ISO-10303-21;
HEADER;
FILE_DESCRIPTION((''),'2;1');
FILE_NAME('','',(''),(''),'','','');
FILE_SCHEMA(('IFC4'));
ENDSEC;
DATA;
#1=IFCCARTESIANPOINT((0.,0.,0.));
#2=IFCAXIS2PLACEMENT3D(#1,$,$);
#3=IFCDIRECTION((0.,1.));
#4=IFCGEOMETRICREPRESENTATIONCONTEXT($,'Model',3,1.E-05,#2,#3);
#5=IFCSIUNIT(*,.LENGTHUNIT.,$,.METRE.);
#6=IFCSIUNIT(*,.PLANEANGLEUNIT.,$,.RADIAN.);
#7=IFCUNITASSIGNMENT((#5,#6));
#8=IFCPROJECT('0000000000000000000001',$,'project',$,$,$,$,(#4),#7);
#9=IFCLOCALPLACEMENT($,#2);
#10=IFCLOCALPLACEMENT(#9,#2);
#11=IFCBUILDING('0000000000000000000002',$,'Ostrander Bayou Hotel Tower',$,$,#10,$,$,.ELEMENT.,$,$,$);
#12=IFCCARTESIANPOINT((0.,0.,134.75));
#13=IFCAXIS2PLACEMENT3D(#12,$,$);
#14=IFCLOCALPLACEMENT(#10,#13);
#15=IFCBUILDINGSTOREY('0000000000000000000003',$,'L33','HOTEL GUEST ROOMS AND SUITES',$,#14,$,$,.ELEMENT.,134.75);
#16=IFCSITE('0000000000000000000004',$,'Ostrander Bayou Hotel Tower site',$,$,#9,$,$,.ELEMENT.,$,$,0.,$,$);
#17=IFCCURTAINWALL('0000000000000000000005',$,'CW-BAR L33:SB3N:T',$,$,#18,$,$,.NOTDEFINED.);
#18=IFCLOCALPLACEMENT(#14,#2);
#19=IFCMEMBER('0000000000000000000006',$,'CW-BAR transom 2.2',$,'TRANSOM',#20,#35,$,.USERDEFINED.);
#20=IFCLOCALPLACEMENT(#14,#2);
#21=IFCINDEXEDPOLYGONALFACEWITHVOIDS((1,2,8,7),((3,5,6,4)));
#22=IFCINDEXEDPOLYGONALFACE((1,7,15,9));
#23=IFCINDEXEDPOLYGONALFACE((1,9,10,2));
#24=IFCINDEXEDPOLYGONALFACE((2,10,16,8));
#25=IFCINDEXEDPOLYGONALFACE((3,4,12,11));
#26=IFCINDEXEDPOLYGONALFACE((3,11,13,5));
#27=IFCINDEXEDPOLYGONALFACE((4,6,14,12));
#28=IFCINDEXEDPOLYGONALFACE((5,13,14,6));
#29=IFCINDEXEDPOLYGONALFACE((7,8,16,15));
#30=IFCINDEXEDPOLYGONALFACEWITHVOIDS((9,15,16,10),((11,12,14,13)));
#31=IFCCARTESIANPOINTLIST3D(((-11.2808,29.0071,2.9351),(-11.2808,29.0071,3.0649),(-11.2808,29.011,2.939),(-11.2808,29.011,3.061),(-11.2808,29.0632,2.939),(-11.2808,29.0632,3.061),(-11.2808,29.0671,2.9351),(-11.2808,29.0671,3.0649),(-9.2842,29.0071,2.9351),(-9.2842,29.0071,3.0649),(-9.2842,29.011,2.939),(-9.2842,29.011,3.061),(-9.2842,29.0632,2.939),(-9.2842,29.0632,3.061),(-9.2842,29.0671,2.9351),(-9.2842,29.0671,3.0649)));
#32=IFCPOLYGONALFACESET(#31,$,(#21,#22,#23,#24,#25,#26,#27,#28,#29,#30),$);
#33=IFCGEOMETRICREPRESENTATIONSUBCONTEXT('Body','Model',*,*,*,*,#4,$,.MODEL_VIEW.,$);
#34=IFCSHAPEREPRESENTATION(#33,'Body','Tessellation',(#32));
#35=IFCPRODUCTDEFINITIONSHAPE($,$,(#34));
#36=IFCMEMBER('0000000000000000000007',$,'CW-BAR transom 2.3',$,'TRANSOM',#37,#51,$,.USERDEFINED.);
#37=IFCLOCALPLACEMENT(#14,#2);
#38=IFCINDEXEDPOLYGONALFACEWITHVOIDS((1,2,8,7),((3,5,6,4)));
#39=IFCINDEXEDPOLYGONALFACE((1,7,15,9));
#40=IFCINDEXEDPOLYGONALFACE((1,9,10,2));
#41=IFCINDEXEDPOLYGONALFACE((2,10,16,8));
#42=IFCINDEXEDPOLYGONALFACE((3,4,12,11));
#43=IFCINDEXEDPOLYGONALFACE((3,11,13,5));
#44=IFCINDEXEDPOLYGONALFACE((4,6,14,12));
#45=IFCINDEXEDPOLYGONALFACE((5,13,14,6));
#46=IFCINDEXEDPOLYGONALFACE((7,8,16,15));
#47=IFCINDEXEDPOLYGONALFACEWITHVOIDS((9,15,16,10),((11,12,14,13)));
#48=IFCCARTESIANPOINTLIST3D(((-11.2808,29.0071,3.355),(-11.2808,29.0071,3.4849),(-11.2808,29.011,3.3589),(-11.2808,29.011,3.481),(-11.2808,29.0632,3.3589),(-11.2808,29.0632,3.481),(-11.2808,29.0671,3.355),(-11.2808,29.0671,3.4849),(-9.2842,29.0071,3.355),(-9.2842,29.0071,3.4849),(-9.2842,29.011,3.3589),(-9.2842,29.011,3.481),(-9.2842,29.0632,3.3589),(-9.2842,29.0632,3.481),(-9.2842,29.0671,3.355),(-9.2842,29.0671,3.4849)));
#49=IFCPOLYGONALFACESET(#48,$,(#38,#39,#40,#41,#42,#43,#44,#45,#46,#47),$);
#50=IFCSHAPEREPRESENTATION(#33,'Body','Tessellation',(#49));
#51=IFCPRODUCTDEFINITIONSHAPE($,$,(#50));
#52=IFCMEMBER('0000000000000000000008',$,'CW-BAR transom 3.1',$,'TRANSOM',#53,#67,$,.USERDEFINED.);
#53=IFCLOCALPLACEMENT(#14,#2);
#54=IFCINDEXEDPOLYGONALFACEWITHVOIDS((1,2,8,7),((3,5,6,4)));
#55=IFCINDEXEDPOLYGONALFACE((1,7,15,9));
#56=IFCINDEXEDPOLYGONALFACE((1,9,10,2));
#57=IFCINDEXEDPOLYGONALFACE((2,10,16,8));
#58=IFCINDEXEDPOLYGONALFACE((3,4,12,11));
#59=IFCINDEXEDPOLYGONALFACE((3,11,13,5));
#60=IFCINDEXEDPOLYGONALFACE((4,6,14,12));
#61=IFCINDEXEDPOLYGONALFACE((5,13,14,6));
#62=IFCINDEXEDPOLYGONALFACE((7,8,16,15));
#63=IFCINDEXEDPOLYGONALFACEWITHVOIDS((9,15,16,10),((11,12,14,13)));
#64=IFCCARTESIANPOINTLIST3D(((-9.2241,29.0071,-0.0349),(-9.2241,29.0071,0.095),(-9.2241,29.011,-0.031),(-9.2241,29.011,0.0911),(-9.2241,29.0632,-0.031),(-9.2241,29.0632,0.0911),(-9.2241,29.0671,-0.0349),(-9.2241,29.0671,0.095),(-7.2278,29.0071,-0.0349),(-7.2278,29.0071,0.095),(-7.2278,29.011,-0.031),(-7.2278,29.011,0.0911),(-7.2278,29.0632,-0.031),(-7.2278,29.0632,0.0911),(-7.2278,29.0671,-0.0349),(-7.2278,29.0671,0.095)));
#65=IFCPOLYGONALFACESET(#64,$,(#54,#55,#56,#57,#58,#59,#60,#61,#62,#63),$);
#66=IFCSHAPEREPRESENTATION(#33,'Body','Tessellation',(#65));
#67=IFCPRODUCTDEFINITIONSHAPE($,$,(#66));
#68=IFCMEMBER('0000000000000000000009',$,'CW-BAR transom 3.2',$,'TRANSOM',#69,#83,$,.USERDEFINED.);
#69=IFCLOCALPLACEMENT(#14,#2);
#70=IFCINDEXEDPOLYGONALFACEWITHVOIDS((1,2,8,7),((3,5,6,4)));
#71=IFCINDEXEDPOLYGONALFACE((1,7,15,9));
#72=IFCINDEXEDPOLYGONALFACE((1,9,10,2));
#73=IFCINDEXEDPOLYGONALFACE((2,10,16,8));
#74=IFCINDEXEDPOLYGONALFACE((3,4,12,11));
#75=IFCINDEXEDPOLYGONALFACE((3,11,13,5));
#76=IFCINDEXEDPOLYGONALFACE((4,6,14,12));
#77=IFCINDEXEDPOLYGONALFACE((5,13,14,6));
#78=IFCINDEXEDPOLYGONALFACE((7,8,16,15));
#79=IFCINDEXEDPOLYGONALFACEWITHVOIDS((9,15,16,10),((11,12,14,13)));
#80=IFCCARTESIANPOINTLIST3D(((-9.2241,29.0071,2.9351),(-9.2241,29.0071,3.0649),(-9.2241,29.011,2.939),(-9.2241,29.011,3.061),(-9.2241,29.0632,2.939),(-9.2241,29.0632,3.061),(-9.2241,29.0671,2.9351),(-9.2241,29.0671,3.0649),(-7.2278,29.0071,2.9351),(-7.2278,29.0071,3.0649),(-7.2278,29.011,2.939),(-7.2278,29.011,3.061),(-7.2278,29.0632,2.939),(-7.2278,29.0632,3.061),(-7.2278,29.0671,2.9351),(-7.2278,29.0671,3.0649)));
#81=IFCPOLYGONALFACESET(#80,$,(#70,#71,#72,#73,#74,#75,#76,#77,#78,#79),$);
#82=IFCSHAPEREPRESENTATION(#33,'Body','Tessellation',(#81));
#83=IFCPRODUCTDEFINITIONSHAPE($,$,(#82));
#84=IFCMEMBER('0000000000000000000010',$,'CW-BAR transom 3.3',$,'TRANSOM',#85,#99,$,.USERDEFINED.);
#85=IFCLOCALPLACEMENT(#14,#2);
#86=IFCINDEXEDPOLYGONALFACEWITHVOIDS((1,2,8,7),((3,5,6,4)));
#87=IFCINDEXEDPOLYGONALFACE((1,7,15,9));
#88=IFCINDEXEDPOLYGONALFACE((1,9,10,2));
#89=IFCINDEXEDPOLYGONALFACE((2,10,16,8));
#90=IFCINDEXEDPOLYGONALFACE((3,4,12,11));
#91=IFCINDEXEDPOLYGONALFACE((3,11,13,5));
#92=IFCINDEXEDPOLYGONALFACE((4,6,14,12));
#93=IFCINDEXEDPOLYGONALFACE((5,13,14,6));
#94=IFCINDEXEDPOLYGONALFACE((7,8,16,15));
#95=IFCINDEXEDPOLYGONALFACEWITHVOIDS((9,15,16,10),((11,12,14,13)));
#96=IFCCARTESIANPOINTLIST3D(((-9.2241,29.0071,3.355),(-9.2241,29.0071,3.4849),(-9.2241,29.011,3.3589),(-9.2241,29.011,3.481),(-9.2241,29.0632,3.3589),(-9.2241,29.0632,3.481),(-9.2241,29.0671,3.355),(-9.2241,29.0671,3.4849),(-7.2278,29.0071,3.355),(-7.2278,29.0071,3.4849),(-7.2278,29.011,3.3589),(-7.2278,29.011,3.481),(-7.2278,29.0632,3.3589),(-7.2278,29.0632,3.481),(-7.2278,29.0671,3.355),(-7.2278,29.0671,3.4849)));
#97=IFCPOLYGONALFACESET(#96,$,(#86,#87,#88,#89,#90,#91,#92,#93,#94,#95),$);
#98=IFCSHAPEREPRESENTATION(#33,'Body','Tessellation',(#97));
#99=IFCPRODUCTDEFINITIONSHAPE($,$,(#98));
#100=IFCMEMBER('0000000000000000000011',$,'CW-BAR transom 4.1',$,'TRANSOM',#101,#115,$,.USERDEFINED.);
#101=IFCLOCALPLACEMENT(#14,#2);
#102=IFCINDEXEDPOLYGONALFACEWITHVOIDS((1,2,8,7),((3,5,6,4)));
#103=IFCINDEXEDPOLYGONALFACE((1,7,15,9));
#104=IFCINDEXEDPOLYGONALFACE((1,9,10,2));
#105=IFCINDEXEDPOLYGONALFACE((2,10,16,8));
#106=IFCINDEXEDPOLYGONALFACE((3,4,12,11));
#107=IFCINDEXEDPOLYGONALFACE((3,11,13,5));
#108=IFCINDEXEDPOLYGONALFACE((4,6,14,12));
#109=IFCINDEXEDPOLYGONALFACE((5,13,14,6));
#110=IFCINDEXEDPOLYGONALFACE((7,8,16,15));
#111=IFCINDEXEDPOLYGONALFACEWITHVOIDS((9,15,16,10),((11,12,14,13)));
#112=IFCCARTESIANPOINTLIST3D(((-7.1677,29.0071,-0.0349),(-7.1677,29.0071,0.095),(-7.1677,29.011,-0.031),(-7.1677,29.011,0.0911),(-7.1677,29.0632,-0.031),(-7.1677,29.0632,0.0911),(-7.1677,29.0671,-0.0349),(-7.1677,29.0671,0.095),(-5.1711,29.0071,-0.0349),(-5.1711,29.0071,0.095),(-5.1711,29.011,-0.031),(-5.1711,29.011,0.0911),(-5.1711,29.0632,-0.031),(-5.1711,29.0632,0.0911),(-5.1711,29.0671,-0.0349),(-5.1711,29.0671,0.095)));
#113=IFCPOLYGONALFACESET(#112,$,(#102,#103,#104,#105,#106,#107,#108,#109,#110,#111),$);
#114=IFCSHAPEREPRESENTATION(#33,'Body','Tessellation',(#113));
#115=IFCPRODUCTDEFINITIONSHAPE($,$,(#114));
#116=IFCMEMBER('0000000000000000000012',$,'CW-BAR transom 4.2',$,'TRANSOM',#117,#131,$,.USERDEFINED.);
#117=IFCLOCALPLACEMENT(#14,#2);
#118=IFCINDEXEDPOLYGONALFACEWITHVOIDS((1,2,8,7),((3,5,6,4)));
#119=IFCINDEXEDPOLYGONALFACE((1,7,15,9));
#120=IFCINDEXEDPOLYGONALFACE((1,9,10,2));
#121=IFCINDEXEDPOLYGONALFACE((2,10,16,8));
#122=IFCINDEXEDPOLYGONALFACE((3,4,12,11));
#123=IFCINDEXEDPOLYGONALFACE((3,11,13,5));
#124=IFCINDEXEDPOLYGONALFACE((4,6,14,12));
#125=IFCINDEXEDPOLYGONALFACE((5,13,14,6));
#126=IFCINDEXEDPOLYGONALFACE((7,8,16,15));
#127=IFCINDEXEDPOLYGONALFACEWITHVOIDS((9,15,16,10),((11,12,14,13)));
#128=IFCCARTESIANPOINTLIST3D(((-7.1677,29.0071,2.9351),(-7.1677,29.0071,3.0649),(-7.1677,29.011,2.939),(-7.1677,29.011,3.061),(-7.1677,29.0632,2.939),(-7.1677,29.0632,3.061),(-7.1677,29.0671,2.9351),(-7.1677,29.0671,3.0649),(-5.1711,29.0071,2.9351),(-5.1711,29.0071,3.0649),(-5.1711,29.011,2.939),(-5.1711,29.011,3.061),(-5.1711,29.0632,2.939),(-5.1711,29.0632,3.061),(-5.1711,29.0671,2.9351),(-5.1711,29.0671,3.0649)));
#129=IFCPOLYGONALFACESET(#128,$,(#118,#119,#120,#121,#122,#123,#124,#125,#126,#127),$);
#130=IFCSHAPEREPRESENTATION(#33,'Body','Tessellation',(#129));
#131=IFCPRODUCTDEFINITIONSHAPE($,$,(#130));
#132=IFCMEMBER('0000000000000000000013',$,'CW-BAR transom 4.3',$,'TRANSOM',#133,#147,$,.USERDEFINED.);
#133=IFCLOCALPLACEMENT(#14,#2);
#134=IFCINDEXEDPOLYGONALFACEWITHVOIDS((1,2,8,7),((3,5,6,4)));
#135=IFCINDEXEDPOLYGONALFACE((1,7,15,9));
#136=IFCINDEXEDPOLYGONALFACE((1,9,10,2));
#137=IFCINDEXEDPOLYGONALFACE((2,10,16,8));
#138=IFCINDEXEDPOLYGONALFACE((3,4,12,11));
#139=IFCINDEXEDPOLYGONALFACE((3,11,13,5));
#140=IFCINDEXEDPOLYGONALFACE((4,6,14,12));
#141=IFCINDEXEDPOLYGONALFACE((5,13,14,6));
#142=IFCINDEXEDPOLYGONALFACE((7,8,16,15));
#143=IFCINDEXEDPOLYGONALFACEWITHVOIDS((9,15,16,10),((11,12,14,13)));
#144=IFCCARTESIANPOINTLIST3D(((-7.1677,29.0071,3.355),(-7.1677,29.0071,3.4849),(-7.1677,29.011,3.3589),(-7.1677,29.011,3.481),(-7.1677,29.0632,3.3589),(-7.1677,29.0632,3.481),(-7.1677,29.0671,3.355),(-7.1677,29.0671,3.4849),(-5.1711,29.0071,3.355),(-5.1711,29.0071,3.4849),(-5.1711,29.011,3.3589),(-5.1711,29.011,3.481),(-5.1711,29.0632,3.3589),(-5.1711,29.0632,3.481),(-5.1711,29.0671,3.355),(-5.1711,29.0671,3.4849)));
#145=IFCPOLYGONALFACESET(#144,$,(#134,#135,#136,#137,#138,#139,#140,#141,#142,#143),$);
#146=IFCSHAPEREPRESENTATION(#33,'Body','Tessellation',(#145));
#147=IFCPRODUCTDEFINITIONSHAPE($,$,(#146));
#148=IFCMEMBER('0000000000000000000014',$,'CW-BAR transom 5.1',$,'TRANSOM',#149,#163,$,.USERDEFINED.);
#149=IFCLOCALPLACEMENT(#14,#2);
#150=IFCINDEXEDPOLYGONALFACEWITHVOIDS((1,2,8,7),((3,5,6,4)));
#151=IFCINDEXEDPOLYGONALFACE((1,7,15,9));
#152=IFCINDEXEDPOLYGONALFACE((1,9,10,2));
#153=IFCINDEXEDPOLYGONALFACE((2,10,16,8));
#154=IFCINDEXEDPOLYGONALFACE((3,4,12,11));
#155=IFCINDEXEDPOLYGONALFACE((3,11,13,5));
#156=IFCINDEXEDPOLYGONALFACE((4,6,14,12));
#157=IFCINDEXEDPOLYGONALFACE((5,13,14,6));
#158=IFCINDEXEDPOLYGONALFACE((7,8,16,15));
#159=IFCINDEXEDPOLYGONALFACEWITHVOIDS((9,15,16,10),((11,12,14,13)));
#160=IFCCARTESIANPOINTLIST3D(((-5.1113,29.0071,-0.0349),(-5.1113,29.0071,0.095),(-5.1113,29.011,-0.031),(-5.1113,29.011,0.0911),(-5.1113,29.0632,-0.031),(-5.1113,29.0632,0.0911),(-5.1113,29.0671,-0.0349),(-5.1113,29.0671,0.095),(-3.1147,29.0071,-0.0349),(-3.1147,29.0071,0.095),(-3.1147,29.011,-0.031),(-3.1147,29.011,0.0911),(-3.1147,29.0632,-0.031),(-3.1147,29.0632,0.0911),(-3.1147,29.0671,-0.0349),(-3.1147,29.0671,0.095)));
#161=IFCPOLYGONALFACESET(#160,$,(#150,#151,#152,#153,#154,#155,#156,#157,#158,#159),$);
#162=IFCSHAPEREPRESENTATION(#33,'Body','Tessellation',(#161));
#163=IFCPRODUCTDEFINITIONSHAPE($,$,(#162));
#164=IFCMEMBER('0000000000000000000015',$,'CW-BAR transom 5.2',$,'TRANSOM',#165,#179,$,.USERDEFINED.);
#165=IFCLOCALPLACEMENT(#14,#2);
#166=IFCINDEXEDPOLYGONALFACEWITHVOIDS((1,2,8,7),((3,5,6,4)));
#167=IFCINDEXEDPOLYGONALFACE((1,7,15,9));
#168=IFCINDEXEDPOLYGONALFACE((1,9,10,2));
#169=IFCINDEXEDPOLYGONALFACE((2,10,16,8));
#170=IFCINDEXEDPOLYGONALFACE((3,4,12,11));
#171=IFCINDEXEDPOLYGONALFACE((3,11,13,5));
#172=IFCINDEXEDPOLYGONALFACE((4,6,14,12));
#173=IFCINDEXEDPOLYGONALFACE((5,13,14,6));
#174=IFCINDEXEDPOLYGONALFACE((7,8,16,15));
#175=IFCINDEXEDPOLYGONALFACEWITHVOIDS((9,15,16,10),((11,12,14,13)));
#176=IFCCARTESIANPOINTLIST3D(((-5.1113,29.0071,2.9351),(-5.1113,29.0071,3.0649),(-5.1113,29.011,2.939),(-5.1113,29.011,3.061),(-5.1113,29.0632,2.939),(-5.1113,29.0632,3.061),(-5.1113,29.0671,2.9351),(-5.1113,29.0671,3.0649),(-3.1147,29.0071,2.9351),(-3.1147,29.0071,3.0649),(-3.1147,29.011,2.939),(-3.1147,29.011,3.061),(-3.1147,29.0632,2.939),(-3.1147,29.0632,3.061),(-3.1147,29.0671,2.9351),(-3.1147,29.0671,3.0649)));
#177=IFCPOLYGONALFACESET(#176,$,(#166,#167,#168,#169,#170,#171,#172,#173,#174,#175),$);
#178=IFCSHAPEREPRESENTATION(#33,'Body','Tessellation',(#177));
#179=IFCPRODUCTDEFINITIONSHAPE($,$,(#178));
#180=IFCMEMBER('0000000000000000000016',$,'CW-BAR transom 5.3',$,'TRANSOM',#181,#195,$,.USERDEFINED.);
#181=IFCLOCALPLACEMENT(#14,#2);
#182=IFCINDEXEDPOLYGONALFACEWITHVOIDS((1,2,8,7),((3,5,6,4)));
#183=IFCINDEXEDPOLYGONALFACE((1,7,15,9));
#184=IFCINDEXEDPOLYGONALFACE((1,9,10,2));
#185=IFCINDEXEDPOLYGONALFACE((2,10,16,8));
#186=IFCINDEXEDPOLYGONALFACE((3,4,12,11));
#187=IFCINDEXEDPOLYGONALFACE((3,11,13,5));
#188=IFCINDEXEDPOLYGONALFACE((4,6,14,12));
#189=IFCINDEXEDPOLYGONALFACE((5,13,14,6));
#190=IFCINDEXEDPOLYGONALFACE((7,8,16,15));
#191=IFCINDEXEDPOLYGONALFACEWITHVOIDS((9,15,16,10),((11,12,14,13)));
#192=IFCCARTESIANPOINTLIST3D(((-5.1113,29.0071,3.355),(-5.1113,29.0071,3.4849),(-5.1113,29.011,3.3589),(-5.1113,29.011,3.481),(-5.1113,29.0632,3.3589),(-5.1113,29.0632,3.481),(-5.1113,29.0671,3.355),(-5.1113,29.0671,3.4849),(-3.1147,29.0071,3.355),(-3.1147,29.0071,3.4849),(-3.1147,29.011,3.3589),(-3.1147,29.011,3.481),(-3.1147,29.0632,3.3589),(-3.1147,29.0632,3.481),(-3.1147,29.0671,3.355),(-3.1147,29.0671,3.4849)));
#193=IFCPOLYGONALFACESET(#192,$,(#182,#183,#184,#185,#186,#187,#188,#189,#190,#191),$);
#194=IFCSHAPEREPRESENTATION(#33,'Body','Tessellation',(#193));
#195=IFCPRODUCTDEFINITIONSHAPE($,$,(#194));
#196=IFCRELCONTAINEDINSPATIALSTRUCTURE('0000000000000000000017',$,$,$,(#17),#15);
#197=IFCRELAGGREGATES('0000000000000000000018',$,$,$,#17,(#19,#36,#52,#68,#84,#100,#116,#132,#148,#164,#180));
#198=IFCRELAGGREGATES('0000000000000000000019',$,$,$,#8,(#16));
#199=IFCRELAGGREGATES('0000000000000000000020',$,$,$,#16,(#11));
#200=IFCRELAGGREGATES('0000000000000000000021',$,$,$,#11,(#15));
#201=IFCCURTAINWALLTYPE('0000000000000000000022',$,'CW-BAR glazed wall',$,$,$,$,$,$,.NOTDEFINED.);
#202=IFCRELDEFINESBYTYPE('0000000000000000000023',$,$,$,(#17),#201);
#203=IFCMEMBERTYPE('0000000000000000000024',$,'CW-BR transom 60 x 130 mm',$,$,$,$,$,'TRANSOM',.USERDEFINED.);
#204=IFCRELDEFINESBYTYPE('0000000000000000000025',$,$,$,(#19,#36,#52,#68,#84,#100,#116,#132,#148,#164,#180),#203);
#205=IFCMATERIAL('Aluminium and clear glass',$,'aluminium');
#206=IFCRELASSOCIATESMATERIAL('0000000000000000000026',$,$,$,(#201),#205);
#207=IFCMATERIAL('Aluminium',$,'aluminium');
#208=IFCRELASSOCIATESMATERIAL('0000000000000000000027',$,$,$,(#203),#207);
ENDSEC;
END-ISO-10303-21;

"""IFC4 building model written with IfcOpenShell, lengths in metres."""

from ifc_helpers import new_model, si_unit, direction, frame, origin, origin_2d, place, context, subcontext, project, spatial, hollow_rectangle, extrude, material, material_profile, profile_set, type_object, element, aggregate, save


model = new_model("IFC4")

# Units and contexts
model_context = context("Model", 3, precision=1e-05, world=origin(), true_north=direction((0.0, 1.0)))
body_context = subcontext(model_context, "Body", "Model", "MODEL_VIEW")
ifc_project = project(units=[si_unit("LENGTHUNIT", "METRE"), si_unit("PLANEANGLEUNIT", "RADIAN")], contexts=[model_context])

# Site, building, storey
site_placement = place(None, origin())
site = spatial("IfcSite", under=ifc_project, at=site_placement, Name="Ostrander Bayou Hotel Tower site", CompositionType="ELEMENT", RefElevation=0.0)
building_placement = place(site_placement, origin())
building = spatial("IfcBuilding", under=site, at=building_placement, Name="Ostrander Bayou Hotel Tower", CompositionType="ELEMENT")
storey_placement = place(building_placement, frame((0.0, 0.0, 134.75)))
storey = spatial("IfcBuildingStorey", under=building, at=storey_placement, Name="L33", Description="HOTEL GUEST ROOMS AND SUITES", CompositionType="ELEMENT", Elevation=134.75)

# Curtain wall, members
ifc_material_1 = material(Name="Aluminium and clear glass", Category="aluminium")
curtain_wall_type = type_object("IfcCurtainWallType", Name="CW-BAR glazed wall", PredefinedType="NOTDEFINED", material=ifc_material_1)
curtain_wall_placement = place(storey_placement, origin())
curtain_wall = element("IfcCurtainWall", 1, at=curtain_wall_placement, inside=storey, type_object=curtain_wall_type, Name="CW-BAR L33:SB3N:T", PredefinedType="NOTDEFINED")
ifc_material_2 = material(Name="Aluminium", Category="aluminium")
ifc_material_profile_1 = material_profile(ifc_material_2, hollow_rectangle(XDim=0.0601, YDim=0.1299, WallThickness=0.0039, at=origin_2d()))
ifc_profile_set_1 = profile_set([ifc_material_profile_1], Name="Aluminium")
member_type_1 = type_object("IfcMemberType", Name="CW-BR transom 60 x 130 mm", ElementType="TRANSOM", PredefinedType="USERDEFINED", material=ifc_profile_set_1)
member_1_placement = place(storey_placement, frame((-11.2808, 29.0371, 3.0), z_axis=(1.0, 0.0, 0.0), x_axis=(0.0, 1.0, 0.0)))
member_1 = element("IfcMember", 2, at=member_1_placement, type_object=member_type_1, Name="CW-BAR transom 2.2", ObjectType="TRANSOM", PredefinedType="USERDEFINED", context=body_context, shape_type="SweptSolid", body=[
    extrude(hollow_rectangle(XDim=0.0601, YDim=0.1299, WallThickness=0.0039, at=origin_2d()), origin(), (0.0, 0.0, 1.0), 1.9966),
])
member_2_placement = place(storey_placement, frame((-11.2808, 29.0371, 3.4199), z_axis=(1.0, 0.0, 0.0), x_axis=(0.0, 1.0, 0.0)))
member_2 = element("IfcMember", 3, at=member_2_placement, type_object=member_type_1, Name="CW-BAR transom 2.3", ObjectType="TRANSOM", PredefinedType="USERDEFINED", context=body_context, shape_type="SweptSolid", body=[
    extrude(hollow_rectangle(XDim=0.0601, YDim=0.1299, WallThickness=0.0039, at=origin_2d()), origin(), (0.0, 0.0, 1.0), 1.9966),
])
member_3_placement = place(storey_placement, frame((-9.2241, 29.0371, 0.03), z_axis=(1.0, 0.0, 0.0), x_axis=(0.0, 1.0, 0.0)))
member_3 = element("IfcMember", 4, at=member_3_placement, type_object=member_type_1, Name="CW-BAR transom 3.1", ObjectType="TRANSOM", PredefinedType="USERDEFINED", context=body_context, shape_type="SweptSolid", body=[
    extrude(hollow_rectangle(XDim=0.0601, YDim=0.1299, WallThickness=0.0039, at=origin_2d()), origin(), (0.0, 0.0, 1.0), 1.9963),
])
member_4_placement = place(storey_placement, frame((-9.2241, 29.0371, 3.0), z_axis=(1.0, 0.0, 0.0), x_axis=(0.0, 1.0, 0.0)))
member_4 = element("IfcMember", 5, at=member_4_placement, type_object=member_type_1, Name="CW-BAR transom 3.2", ObjectType="TRANSOM", PredefinedType="USERDEFINED", context=body_context, shape_type="SweptSolid", body=[
    extrude(hollow_rectangle(XDim=0.0601, YDim=0.1299, WallThickness=0.0039, at=origin_2d()), origin(), (0.0, 0.0, 1.0), 1.9963),
])
member_5_placement = place(storey_placement, frame((-9.2241, 29.0371, 3.4199), z_axis=(1.0, 0.0, 0.0), x_axis=(0.0, 1.0, 0.0)))
member_5 = element("IfcMember", 6, at=member_5_placement, type_object=member_type_1, Name="CW-BAR transom 3.3", ObjectType="TRANSOM", PredefinedType="USERDEFINED", context=body_context, shape_type="SweptSolid", body=[
    extrude(hollow_rectangle(XDim=0.0601, YDim=0.1299, WallThickness=0.0039, at=origin_2d()), origin(), (0.0, 0.0, 1.0), 1.9963),
])
member_6_placement = place(storey_placement, frame((-7.1677, 29.0371, 0.03), z_axis=(1.0, 0.0, 0.0), x_axis=(0.0, 1.0, 0.0)))
member_6 = element("IfcMember", 7, at=member_6_placement, type_object=member_type_1, Name="CW-BAR transom 4.1", ObjectType="TRANSOM", PredefinedType="USERDEFINED", context=body_context, shape_type="SweptSolid", body=[
    extrude(hollow_rectangle(XDim=0.0601, YDim=0.1299, WallThickness=0.0039, at=origin_2d()), origin(), (0.0, 0.0, 1.0), 1.9966),
])
member_7_placement = place(storey_placement, frame((-7.1677, 29.0371, 3.0), z_axis=(1.0, 0.0, 0.0), x_axis=(0.0, 1.0, 0.0)))
member_7 = element("IfcMember", 8, at=member_7_placement, type_object=member_type_1, Name="CW-BAR transom 4.2", ObjectType="TRANSOM", PredefinedType="USERDEFINED", context=body_context, shape_type="SweptSolid", body=[
    extrude(hollow_rectangle(XDim=0.0601, YDim=0.1299, WallThickness=0.0039, at=origin_2d()), origin(), (0.0, 0.0, 1.0), 1.9966),
])
member_8_placement = place(storey_placement, frame((-7.1677, 29.0371, 3.4199), z_axis=(1.0, 0.0, 0.0), x_axis=(0.0, 1.0, 0.0)))
member_8 = element("IfcMember", 9, at=member_8_placement, type_object=member_type_1, Name="CW-BAR transom 4.3", ObjectType="TRANSOM", PredefinedType="USERDEFINED", context=body_context, shape_type="SweptSolid", body=[
    extrude(hollow_rectangle(XDim=0.0601, YDim=0.1299, WallThickness=0.0039, at=origin_2d()), origin(), (0.0, 0.0, 1.0), 1.9966),
])
member_9_placement = place(storey_placement, frame((-5.1113, 29.0371, 0.03), z_axis=(1.0, 0.0, 0.0), x_axis=(0.0, 1.0, 0.0)))
member_9 = element("IfcMember", 10, at=member_9_placement, type_object=member_type_1, Name="CW-BAR transom 5.1", ObjectType="TRANSOM", PredefinedType="USERDEFINED", context=body_context, shape_type="SweptSolid", body=[
    extrude(hollow_rectangle(XDim=0.0601, YDim=0.1299, WallThickness=0.0039, at=origin_2d()), origin(), (0.0, 0.0, 1.0), 1.9966),
])
member_10_placement = place(storey_placement, frame((-5.1113, 29.0371, 3.0), z_axis=(1.0, 0.0, 0.0), x_axis=(0.0, 1.0, 0.0)))
member_10 = element("IfcMember", 11, at=member_10_placement, type_object=member_type_1, Name="CW-BAR transom 5.2", ObjectType="TRANSOM", PredefinedType="USERDEFINED", context=body_context, shape_type="SweptSolid", body=[
    extrude(hollow_rectangle(XDim=0.0601, YDim=0.1299, WallThickness=0.0039, at=origin_2d()), origin(), (0.0, 0.0, 1.0), 1.9966),
])
member_11_placement = place(storey_placement, frame((-5.1113, 29.0371, 3.4199), z_axis=(1.0, 0.0, 0.0), x_axis=(0.0, 1.0, 0.0)))
member_11 = element("IfcMember", 12, at=member_11_placement, type_object=member_type_1, Name="CW-BAR transom 5.3", ObjectType="TRANSOM", PredefinedType="USERDEFINED", context=body_context, shape_type="SweptSolid", body=[
    extrude(hollow_rectangle(XDim=0.0601, YDim=0.1299, WallThickness=0.0039, at=origin_2d()), origin(), (0.0, 0.0, 1.0), 1.9966),
])
aggregate(curtain_wall, [member_1, member_2, member_3, member_4, member_5, member_6, member_7, member_8, member_9, member_10, member_11])

save(model, "model.ifc")
